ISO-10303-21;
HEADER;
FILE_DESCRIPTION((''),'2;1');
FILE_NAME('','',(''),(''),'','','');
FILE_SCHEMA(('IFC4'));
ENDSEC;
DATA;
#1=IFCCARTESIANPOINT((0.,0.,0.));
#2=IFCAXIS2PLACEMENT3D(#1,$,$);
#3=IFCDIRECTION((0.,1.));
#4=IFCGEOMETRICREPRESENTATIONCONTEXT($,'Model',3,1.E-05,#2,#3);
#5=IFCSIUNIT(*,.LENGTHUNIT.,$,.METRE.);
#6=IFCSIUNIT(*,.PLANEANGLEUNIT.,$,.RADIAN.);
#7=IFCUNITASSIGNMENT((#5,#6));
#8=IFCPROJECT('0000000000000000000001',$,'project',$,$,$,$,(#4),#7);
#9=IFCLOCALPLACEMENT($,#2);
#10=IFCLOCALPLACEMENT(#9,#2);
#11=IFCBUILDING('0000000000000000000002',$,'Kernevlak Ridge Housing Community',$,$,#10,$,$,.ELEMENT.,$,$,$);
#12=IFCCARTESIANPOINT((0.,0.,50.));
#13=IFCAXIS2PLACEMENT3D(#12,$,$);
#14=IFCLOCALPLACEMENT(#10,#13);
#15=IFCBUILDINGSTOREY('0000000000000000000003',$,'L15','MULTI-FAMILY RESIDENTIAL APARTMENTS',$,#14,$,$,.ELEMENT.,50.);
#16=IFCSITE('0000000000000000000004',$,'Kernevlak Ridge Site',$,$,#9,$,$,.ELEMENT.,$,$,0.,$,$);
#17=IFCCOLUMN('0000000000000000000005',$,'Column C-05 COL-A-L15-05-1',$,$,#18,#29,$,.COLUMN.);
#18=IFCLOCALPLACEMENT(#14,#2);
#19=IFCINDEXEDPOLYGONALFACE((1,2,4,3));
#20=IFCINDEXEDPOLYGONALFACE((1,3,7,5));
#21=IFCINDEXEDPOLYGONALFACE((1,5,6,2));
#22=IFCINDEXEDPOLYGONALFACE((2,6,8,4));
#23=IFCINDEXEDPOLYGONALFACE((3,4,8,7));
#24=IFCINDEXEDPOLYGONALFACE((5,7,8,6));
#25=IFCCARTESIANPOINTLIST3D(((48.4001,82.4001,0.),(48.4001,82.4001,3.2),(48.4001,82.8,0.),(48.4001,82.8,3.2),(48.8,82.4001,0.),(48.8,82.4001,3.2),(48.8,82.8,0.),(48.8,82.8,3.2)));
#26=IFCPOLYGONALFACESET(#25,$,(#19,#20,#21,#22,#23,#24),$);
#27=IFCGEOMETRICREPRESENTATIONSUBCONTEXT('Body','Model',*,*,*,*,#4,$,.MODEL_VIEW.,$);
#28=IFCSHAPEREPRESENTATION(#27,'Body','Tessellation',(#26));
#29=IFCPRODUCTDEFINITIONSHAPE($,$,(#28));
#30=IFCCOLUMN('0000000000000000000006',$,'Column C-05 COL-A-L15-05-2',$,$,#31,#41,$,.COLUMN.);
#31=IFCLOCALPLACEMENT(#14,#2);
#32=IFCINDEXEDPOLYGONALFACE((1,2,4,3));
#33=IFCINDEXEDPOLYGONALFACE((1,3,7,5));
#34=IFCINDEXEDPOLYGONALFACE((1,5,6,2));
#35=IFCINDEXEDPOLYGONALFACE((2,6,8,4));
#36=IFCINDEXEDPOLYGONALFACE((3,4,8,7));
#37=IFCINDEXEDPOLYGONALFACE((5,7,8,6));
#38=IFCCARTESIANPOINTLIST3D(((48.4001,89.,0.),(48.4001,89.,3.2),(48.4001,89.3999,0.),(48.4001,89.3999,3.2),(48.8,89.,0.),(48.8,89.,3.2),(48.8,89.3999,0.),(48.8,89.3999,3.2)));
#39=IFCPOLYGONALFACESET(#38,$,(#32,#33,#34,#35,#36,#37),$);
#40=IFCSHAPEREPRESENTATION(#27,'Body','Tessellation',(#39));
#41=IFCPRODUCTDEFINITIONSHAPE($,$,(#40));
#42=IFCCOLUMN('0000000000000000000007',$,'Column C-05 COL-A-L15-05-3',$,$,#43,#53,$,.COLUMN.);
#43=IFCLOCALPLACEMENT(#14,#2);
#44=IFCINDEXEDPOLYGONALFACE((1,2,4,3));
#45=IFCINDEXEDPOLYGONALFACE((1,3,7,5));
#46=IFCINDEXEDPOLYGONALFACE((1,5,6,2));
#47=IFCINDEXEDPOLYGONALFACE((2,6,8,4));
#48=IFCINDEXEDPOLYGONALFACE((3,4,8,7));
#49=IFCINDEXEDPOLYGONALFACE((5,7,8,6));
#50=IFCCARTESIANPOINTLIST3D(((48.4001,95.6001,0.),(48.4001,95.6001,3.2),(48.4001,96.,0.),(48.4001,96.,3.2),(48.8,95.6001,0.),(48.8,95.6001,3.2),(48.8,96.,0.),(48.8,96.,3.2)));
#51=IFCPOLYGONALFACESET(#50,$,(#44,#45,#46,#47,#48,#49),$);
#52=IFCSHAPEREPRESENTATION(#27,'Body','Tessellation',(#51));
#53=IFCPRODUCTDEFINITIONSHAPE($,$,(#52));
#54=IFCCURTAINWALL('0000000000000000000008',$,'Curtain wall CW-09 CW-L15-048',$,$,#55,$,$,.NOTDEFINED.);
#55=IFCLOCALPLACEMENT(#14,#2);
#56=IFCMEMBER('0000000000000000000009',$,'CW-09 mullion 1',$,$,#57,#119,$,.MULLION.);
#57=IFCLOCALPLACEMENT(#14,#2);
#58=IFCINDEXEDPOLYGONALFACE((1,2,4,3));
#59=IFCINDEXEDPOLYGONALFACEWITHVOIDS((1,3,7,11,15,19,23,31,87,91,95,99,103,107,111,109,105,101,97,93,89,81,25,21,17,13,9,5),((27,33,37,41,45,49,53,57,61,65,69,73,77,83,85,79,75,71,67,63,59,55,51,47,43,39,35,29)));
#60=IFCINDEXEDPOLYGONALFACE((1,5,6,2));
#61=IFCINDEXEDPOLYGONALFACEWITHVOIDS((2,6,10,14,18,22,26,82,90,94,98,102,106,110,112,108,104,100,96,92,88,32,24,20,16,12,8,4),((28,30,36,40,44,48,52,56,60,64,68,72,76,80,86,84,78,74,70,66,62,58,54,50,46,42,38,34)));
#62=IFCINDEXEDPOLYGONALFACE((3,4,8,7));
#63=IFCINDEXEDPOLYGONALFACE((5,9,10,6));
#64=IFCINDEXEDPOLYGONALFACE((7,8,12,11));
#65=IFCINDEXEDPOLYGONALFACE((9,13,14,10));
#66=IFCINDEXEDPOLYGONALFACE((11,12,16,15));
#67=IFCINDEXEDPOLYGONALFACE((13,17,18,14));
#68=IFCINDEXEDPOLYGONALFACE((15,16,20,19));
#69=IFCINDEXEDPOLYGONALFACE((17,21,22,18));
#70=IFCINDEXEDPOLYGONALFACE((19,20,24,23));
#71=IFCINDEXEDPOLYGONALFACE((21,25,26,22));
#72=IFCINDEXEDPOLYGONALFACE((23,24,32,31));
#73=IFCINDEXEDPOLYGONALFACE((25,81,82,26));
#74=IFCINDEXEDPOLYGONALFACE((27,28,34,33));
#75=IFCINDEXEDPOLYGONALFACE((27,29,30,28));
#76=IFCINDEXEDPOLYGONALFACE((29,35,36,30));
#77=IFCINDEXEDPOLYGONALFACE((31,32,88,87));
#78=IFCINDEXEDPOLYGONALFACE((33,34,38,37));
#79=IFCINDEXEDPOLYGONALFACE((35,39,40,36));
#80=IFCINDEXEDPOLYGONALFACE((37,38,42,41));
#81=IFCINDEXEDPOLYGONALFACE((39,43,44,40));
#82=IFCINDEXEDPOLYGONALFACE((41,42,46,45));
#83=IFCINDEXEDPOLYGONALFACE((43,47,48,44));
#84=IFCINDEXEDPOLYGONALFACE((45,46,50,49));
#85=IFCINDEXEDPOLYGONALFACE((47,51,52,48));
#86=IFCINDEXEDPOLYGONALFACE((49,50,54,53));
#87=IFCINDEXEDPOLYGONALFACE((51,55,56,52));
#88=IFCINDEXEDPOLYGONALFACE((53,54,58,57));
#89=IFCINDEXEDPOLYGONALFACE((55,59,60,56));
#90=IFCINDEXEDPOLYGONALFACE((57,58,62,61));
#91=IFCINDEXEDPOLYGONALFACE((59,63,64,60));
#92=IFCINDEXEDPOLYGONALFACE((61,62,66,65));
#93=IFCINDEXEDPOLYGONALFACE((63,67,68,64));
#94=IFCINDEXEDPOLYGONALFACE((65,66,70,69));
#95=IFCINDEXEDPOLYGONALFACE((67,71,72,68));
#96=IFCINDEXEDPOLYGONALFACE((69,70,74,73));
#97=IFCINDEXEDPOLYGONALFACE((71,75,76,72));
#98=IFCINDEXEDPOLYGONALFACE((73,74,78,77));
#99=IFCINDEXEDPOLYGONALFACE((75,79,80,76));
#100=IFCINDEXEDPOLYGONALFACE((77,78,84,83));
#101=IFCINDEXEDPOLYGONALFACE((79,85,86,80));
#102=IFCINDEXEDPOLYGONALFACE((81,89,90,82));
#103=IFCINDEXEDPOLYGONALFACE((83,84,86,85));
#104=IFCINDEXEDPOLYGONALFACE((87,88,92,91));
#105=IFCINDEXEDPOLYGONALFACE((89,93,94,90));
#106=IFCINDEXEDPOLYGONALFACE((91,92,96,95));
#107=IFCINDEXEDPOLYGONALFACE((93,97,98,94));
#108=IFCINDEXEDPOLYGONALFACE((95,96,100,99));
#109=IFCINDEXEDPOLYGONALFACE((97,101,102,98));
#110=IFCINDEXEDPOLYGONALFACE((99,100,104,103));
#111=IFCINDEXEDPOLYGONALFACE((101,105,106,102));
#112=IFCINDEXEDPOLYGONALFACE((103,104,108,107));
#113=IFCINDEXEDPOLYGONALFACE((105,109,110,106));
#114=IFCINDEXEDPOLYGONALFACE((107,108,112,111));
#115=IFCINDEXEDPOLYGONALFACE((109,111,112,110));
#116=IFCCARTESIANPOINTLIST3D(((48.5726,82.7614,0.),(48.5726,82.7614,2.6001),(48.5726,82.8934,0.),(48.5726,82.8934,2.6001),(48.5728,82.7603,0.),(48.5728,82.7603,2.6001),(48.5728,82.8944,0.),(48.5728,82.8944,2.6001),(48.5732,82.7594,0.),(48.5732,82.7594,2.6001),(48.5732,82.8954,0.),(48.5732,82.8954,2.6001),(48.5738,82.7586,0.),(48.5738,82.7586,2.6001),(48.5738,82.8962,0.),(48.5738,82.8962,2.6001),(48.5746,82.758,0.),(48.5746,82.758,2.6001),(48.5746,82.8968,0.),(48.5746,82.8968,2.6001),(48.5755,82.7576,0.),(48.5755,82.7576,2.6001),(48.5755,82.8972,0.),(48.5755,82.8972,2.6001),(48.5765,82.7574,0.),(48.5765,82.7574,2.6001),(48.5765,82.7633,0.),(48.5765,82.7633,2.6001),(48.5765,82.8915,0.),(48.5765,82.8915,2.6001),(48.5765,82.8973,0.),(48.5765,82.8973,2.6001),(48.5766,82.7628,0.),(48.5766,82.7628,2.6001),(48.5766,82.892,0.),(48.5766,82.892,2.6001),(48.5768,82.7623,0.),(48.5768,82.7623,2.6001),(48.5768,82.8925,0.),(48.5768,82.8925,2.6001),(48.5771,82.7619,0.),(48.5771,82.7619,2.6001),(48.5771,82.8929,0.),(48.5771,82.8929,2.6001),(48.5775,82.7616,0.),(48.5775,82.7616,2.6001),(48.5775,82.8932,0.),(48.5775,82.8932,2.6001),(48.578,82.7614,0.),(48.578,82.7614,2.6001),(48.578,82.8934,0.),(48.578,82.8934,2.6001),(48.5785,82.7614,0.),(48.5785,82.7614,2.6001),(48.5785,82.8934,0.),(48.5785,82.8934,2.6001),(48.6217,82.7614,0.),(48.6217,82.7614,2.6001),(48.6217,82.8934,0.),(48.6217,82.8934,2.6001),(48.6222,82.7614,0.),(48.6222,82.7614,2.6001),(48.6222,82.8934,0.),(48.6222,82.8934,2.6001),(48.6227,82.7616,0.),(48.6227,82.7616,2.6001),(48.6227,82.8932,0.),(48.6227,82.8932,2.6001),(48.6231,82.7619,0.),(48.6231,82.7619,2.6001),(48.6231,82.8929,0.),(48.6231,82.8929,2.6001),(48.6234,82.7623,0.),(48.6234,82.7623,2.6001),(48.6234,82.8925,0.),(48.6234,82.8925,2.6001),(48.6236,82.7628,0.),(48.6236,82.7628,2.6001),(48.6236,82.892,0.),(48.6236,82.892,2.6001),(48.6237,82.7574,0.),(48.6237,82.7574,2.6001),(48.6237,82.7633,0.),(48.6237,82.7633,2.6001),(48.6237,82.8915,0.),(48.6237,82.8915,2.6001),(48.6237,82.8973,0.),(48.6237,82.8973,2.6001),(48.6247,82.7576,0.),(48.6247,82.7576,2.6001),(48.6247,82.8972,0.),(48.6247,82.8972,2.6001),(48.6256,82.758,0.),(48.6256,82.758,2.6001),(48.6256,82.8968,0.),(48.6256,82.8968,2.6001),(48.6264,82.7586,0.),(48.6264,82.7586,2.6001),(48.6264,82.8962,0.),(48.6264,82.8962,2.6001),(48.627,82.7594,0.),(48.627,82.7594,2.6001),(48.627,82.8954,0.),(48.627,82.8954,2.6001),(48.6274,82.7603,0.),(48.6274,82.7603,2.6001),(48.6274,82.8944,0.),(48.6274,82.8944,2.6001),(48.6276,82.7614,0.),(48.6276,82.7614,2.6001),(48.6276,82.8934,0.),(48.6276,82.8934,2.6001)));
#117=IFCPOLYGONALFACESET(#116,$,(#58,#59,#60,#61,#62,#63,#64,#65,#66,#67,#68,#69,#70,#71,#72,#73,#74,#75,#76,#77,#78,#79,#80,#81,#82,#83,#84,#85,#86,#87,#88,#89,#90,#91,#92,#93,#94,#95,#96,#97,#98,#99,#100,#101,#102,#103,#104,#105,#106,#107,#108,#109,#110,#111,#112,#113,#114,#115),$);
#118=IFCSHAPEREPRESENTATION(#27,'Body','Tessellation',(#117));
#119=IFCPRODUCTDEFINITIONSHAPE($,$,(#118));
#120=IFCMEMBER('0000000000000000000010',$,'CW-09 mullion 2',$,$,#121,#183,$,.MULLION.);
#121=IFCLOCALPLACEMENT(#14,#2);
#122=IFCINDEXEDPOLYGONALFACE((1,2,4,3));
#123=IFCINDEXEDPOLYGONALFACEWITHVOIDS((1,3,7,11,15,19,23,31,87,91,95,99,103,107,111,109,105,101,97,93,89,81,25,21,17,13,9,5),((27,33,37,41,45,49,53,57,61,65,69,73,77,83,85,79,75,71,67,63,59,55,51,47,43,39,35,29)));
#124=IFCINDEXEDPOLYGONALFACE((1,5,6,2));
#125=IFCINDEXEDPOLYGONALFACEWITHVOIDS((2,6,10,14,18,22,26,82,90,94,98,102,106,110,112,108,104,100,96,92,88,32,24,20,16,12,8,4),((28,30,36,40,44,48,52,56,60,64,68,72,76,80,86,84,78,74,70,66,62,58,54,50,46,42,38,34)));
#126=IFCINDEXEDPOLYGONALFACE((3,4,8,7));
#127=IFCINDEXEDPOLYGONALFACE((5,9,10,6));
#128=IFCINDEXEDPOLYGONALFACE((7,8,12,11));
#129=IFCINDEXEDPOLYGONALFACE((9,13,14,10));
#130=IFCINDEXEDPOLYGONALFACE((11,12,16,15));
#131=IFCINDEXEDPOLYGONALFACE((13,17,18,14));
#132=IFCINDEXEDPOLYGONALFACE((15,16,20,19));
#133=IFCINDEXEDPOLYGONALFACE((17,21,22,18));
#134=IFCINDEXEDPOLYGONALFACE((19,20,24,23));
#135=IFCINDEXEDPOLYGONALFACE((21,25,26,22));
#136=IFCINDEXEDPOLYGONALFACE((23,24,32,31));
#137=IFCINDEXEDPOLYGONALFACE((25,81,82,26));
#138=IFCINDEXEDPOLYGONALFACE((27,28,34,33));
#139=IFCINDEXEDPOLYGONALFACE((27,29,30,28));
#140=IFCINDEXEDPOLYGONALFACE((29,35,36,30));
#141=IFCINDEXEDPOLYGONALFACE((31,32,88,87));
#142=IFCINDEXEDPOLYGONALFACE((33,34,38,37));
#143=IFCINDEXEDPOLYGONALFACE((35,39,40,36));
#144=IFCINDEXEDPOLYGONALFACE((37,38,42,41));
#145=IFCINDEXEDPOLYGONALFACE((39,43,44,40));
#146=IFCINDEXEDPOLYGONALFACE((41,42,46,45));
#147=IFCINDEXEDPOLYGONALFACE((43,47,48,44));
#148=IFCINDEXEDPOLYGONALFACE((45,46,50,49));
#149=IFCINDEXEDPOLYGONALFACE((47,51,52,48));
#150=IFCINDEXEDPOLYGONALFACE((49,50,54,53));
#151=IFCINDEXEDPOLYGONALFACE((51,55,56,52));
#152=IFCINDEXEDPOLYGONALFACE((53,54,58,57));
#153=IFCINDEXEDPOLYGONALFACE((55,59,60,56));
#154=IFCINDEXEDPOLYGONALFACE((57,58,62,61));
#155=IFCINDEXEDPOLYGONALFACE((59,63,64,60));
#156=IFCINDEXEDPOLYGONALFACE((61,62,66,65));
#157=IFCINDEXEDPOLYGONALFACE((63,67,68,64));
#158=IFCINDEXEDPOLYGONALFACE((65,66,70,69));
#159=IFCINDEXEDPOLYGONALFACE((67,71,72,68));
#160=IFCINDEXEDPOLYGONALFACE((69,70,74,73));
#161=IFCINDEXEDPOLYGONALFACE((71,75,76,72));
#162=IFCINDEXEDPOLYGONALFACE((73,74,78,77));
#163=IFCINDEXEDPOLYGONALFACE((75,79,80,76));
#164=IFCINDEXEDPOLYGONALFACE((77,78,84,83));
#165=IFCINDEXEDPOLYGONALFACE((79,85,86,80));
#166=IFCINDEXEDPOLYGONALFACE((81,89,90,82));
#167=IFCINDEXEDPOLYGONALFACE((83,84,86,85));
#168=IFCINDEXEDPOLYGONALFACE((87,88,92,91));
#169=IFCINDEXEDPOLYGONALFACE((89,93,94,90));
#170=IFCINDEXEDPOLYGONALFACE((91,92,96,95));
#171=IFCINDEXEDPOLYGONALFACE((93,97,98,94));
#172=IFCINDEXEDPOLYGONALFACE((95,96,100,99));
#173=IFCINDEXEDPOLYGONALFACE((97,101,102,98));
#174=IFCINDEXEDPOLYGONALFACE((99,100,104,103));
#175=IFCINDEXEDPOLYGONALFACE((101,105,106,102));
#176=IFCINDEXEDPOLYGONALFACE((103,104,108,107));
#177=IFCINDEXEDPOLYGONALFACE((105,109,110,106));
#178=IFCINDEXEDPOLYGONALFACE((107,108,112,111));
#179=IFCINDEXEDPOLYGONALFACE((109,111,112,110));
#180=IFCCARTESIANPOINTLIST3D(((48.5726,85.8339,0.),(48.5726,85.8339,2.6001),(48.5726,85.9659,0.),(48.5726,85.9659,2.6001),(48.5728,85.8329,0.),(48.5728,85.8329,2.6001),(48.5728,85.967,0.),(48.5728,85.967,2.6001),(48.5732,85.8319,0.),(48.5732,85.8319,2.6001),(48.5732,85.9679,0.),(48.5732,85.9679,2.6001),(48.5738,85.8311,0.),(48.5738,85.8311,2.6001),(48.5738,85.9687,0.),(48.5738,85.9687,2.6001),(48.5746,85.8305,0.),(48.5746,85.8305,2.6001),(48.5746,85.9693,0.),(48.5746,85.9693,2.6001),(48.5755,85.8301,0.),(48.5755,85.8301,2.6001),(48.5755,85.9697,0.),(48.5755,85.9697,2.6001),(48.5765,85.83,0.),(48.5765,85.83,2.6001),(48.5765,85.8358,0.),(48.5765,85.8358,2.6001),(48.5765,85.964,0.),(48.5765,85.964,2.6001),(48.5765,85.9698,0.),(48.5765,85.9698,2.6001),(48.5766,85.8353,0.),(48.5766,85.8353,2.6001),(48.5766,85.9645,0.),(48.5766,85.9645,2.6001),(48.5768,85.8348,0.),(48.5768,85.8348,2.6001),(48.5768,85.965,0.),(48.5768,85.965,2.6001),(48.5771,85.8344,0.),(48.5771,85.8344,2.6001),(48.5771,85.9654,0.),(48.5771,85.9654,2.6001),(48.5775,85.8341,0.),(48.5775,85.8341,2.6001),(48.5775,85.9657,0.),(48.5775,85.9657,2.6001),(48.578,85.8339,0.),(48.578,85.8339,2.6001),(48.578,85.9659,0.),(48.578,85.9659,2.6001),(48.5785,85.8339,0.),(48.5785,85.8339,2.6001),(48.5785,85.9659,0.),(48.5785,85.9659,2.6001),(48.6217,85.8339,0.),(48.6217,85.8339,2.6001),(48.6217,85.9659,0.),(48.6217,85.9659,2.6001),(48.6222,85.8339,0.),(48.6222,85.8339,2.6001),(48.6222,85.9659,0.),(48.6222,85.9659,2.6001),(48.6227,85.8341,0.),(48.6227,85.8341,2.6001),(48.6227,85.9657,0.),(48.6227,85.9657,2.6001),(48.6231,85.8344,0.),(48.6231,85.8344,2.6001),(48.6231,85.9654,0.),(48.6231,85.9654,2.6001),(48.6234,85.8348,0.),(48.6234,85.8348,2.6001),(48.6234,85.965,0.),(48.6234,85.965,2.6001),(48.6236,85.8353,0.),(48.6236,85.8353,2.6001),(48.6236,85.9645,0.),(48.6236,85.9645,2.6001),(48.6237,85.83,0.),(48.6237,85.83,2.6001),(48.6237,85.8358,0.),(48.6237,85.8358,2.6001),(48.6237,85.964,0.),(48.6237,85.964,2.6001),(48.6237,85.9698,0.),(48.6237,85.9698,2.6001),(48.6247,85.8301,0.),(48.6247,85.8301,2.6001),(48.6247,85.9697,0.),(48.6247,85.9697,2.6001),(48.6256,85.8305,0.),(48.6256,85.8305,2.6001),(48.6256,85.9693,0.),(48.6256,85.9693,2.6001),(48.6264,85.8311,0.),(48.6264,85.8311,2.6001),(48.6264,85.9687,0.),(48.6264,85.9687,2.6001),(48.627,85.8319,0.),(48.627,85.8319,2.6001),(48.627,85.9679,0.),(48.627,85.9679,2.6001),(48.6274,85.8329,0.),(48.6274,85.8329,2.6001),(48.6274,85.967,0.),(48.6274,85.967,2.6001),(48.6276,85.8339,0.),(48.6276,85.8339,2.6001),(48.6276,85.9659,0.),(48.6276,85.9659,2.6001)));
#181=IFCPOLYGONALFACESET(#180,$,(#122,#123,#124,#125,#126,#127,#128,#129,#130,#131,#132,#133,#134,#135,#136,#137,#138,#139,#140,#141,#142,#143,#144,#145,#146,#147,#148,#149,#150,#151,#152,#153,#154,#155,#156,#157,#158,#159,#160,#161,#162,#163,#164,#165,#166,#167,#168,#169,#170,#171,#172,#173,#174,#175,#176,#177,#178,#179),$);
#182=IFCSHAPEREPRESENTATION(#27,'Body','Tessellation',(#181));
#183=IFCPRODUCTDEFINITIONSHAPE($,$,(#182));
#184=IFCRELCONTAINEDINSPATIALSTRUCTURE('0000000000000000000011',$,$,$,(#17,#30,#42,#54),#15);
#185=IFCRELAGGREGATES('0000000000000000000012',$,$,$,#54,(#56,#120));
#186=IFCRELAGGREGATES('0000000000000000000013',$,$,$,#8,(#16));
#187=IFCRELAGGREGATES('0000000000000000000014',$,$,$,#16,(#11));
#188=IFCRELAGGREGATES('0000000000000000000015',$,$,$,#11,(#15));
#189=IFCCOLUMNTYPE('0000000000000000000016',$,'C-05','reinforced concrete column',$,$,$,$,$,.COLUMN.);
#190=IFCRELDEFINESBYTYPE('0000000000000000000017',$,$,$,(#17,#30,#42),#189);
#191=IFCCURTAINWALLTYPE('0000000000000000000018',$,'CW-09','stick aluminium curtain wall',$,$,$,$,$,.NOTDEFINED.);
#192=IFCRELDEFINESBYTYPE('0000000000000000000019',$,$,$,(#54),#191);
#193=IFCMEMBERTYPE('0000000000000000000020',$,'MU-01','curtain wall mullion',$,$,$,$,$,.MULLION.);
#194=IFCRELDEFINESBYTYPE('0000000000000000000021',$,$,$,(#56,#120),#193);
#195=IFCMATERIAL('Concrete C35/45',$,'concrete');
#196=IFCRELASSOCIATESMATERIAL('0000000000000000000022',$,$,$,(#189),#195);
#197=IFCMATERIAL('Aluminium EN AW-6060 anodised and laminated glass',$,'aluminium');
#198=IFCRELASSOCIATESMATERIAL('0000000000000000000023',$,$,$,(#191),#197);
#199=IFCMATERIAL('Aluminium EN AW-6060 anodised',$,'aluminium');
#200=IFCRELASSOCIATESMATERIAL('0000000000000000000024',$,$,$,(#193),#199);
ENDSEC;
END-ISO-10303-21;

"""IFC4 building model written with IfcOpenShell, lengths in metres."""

from ifc_helpers import new_model, si_unit, direction, frame, origin, origin_2d, place, context, subcontext, project, spatial, rectangle, hollow_rectangle, extrude, material, material_profile, profile_set, type_object, element, aggregate, save


model = new_model("IFC4")

# Units and contexts
model_context = context("Model", 3, precision=1e-05, world=origin(), true_north=direction((0.0, 1.0)))
body_context = subcontext(model_context, "Body", "Model", "MODEL_VIEW")
ifc_project = project(units=[si_unit("LENGTHUNIT", "METRE"), si_unit("PLANEANGLEUNIT", "RADIAN")], contexts=[model_context])

# Site, building, storey
site_placement = place(None, origin())
site = spatial("IfcSite", under=ifc_project, at=site_placement, Name="Kernevlak Ridge Site", CompositionType="ELEMENT", RefElevation=0.0)
building_placement = place(site_placement, origin())
building = spatial("IfcBuilding", under=site, at=building_placement, Name="Kernevlak Ridge Housing Community", CompositionType="ELEMENT")
storey_placement = place(building_placement, frame((0.0, 0.0, 50.0)))
storey = spatial("IfcBuildingStorey", under=building, at=storey_placement, Name="L15", Description="MULTI-FAMILY RESIDENTIAL APARTMENTS", CompositionType="ELEMENT", Elevation=50.0)

# Columns
ifc_material_1 = material(Name="Concrete C35/45", Category="concrete")
ifc_material_profile_1 = material_profile(ifc_material_1, rectangle(XDim=0.3999, YDim=0.3999, at=origin_2d()), Name="RC 400x400")
ifc_profile_set_1 = profile_set([ifc_material_profile_1], Name="Concrete C35/45")
column_type = type_object("IfcColumnType", Name="C-05", Description="reinforced concrete column", PredefinedType="COLUMN", material=ifc_profile_set_1)
for number, where, z_axis, x_axis, name in (
    (1, (48.6001, 82.6001, 0.0), (0.0, 0.0, 1.0), (1.0, 0.0, 0.0), "Column C-05 COL-A-L15-05-1"),
    (2, (48.6001, 89.2, 0.0), (0.0, 0.0, 1.0), (1.0, 0.0, 0.0), "Column C-05 COL-A-L15-05-2"),
    (3, (48.6001, 95.8, 0.0), (0.0, 0.0, 1.0), (1.0, 0.0, 0.0), "Column C-05 COL-A-L15-05-3"),
):
    element("IfcColumn", number, at=place(storey_placement, frame(where, z_axis=z_axis, x_axis=x_axis)), inside=storey, type_object=column_type, Name=name, PredefinedType="COLUMN", context=body_context, shape_type="SweptSolid", body=[
        extrude(rectangle(XDim=0.3999, YDim=0.3999, at=origin_2d()), origin(), (0.0, 0.0, 1.0), 3.2),
    ])

# Curtain wall, members
ifc_material_2 = material(Name="Aluminium EN AW-6060 anodised and laminated glass", Category="aluminium")
curtain_wall_type = type_object("IfcCurtainWallType", Name="CW-09", Description="stick aluminium curtain wall", PredefinedType="NOTDEFINED", material=ifc_material_2)
curtain_wall_placement = place(storey_placement, origin())
curtain_wall = element("IfcCurtainWall", 4, at=curtain_wall_placement, inside=storey, type_object=curtain_wall_type, Name="Curtain wall CW-09 CW-L15-048", PredefinedType="NOTDEFINED")
ifc_material_3 = material(Name="Aluminium EN AW-6060 anodised", Category="aluminium")
ifc_material_profile_2 = material_profile(ifc_material_3, hollow_rectangle(XDim=0.0549, YDim=0.1399, WallThickness=0.0039, InnerFilletRadius=0.002, OuterFilletRadius=0.0039, at=origin_2d()), Name="ALU 55x140x4")
ifc_profile_set_2 = profile_set([ifc_material_profile_2], Name="Aluminium EN AW-6060 anodised")
member_type_1 = type_object("IfcMemberType", Name="MU-01", Description="curtain wall mullion", PredefinedType="MULLION", material=ifc_profile_set_2)
member_1_placement = place(storey_placement, frame((48.6001, 82.8274, 0.0), z_axis=(0.0, 0.0, 1.0), x_axis=(-1.0, 0.0, 0.0)))
member_1 = element("IfcMember", 5, at=member_1_placement, type_object=member_type_1, Name="CW-09 mullion 1", PredefinedType="MULLION", context=body_context, shape_type="SweptSolid", body=[
    extrude(hollow_rectangle(XDim=0.0549, YDim=0.1399, WallThickness=0.0039, InnerFilletRadius=0.002, OuterFilletRadius=0.0039, at=origin_2d()), origin(), (0.0, 0.0, 1.0), 2.6001),
])
member_2_placement = place(storey_placement, frame((48.6001, 85.8999, 0.0), z_axis=(0.0, 0.0, 1.0), x_axis=(-1.0, 0.0, 0.0)))
member_2 = element("IfcMember", 6, at=member_2_placement, type_object=member_type_1, Name="CW-09 mullion 2", PredefinedType="MULLION", context=body_context, shape_type="SweptSolid", body=[
    extrude(hollow_rectangle(XDim=0.0549, YDim=0.1399, WallThickness=0.0039, InnerFilletRadius=0.002, OuterFilletRadius=0.0039, at=origin_2d()), origin(), (0.0, 0.0, 1.0), 2.6001),
])

aggregate(curtain_wall, [member_1, member_2])

save(model, "model.ifc")
